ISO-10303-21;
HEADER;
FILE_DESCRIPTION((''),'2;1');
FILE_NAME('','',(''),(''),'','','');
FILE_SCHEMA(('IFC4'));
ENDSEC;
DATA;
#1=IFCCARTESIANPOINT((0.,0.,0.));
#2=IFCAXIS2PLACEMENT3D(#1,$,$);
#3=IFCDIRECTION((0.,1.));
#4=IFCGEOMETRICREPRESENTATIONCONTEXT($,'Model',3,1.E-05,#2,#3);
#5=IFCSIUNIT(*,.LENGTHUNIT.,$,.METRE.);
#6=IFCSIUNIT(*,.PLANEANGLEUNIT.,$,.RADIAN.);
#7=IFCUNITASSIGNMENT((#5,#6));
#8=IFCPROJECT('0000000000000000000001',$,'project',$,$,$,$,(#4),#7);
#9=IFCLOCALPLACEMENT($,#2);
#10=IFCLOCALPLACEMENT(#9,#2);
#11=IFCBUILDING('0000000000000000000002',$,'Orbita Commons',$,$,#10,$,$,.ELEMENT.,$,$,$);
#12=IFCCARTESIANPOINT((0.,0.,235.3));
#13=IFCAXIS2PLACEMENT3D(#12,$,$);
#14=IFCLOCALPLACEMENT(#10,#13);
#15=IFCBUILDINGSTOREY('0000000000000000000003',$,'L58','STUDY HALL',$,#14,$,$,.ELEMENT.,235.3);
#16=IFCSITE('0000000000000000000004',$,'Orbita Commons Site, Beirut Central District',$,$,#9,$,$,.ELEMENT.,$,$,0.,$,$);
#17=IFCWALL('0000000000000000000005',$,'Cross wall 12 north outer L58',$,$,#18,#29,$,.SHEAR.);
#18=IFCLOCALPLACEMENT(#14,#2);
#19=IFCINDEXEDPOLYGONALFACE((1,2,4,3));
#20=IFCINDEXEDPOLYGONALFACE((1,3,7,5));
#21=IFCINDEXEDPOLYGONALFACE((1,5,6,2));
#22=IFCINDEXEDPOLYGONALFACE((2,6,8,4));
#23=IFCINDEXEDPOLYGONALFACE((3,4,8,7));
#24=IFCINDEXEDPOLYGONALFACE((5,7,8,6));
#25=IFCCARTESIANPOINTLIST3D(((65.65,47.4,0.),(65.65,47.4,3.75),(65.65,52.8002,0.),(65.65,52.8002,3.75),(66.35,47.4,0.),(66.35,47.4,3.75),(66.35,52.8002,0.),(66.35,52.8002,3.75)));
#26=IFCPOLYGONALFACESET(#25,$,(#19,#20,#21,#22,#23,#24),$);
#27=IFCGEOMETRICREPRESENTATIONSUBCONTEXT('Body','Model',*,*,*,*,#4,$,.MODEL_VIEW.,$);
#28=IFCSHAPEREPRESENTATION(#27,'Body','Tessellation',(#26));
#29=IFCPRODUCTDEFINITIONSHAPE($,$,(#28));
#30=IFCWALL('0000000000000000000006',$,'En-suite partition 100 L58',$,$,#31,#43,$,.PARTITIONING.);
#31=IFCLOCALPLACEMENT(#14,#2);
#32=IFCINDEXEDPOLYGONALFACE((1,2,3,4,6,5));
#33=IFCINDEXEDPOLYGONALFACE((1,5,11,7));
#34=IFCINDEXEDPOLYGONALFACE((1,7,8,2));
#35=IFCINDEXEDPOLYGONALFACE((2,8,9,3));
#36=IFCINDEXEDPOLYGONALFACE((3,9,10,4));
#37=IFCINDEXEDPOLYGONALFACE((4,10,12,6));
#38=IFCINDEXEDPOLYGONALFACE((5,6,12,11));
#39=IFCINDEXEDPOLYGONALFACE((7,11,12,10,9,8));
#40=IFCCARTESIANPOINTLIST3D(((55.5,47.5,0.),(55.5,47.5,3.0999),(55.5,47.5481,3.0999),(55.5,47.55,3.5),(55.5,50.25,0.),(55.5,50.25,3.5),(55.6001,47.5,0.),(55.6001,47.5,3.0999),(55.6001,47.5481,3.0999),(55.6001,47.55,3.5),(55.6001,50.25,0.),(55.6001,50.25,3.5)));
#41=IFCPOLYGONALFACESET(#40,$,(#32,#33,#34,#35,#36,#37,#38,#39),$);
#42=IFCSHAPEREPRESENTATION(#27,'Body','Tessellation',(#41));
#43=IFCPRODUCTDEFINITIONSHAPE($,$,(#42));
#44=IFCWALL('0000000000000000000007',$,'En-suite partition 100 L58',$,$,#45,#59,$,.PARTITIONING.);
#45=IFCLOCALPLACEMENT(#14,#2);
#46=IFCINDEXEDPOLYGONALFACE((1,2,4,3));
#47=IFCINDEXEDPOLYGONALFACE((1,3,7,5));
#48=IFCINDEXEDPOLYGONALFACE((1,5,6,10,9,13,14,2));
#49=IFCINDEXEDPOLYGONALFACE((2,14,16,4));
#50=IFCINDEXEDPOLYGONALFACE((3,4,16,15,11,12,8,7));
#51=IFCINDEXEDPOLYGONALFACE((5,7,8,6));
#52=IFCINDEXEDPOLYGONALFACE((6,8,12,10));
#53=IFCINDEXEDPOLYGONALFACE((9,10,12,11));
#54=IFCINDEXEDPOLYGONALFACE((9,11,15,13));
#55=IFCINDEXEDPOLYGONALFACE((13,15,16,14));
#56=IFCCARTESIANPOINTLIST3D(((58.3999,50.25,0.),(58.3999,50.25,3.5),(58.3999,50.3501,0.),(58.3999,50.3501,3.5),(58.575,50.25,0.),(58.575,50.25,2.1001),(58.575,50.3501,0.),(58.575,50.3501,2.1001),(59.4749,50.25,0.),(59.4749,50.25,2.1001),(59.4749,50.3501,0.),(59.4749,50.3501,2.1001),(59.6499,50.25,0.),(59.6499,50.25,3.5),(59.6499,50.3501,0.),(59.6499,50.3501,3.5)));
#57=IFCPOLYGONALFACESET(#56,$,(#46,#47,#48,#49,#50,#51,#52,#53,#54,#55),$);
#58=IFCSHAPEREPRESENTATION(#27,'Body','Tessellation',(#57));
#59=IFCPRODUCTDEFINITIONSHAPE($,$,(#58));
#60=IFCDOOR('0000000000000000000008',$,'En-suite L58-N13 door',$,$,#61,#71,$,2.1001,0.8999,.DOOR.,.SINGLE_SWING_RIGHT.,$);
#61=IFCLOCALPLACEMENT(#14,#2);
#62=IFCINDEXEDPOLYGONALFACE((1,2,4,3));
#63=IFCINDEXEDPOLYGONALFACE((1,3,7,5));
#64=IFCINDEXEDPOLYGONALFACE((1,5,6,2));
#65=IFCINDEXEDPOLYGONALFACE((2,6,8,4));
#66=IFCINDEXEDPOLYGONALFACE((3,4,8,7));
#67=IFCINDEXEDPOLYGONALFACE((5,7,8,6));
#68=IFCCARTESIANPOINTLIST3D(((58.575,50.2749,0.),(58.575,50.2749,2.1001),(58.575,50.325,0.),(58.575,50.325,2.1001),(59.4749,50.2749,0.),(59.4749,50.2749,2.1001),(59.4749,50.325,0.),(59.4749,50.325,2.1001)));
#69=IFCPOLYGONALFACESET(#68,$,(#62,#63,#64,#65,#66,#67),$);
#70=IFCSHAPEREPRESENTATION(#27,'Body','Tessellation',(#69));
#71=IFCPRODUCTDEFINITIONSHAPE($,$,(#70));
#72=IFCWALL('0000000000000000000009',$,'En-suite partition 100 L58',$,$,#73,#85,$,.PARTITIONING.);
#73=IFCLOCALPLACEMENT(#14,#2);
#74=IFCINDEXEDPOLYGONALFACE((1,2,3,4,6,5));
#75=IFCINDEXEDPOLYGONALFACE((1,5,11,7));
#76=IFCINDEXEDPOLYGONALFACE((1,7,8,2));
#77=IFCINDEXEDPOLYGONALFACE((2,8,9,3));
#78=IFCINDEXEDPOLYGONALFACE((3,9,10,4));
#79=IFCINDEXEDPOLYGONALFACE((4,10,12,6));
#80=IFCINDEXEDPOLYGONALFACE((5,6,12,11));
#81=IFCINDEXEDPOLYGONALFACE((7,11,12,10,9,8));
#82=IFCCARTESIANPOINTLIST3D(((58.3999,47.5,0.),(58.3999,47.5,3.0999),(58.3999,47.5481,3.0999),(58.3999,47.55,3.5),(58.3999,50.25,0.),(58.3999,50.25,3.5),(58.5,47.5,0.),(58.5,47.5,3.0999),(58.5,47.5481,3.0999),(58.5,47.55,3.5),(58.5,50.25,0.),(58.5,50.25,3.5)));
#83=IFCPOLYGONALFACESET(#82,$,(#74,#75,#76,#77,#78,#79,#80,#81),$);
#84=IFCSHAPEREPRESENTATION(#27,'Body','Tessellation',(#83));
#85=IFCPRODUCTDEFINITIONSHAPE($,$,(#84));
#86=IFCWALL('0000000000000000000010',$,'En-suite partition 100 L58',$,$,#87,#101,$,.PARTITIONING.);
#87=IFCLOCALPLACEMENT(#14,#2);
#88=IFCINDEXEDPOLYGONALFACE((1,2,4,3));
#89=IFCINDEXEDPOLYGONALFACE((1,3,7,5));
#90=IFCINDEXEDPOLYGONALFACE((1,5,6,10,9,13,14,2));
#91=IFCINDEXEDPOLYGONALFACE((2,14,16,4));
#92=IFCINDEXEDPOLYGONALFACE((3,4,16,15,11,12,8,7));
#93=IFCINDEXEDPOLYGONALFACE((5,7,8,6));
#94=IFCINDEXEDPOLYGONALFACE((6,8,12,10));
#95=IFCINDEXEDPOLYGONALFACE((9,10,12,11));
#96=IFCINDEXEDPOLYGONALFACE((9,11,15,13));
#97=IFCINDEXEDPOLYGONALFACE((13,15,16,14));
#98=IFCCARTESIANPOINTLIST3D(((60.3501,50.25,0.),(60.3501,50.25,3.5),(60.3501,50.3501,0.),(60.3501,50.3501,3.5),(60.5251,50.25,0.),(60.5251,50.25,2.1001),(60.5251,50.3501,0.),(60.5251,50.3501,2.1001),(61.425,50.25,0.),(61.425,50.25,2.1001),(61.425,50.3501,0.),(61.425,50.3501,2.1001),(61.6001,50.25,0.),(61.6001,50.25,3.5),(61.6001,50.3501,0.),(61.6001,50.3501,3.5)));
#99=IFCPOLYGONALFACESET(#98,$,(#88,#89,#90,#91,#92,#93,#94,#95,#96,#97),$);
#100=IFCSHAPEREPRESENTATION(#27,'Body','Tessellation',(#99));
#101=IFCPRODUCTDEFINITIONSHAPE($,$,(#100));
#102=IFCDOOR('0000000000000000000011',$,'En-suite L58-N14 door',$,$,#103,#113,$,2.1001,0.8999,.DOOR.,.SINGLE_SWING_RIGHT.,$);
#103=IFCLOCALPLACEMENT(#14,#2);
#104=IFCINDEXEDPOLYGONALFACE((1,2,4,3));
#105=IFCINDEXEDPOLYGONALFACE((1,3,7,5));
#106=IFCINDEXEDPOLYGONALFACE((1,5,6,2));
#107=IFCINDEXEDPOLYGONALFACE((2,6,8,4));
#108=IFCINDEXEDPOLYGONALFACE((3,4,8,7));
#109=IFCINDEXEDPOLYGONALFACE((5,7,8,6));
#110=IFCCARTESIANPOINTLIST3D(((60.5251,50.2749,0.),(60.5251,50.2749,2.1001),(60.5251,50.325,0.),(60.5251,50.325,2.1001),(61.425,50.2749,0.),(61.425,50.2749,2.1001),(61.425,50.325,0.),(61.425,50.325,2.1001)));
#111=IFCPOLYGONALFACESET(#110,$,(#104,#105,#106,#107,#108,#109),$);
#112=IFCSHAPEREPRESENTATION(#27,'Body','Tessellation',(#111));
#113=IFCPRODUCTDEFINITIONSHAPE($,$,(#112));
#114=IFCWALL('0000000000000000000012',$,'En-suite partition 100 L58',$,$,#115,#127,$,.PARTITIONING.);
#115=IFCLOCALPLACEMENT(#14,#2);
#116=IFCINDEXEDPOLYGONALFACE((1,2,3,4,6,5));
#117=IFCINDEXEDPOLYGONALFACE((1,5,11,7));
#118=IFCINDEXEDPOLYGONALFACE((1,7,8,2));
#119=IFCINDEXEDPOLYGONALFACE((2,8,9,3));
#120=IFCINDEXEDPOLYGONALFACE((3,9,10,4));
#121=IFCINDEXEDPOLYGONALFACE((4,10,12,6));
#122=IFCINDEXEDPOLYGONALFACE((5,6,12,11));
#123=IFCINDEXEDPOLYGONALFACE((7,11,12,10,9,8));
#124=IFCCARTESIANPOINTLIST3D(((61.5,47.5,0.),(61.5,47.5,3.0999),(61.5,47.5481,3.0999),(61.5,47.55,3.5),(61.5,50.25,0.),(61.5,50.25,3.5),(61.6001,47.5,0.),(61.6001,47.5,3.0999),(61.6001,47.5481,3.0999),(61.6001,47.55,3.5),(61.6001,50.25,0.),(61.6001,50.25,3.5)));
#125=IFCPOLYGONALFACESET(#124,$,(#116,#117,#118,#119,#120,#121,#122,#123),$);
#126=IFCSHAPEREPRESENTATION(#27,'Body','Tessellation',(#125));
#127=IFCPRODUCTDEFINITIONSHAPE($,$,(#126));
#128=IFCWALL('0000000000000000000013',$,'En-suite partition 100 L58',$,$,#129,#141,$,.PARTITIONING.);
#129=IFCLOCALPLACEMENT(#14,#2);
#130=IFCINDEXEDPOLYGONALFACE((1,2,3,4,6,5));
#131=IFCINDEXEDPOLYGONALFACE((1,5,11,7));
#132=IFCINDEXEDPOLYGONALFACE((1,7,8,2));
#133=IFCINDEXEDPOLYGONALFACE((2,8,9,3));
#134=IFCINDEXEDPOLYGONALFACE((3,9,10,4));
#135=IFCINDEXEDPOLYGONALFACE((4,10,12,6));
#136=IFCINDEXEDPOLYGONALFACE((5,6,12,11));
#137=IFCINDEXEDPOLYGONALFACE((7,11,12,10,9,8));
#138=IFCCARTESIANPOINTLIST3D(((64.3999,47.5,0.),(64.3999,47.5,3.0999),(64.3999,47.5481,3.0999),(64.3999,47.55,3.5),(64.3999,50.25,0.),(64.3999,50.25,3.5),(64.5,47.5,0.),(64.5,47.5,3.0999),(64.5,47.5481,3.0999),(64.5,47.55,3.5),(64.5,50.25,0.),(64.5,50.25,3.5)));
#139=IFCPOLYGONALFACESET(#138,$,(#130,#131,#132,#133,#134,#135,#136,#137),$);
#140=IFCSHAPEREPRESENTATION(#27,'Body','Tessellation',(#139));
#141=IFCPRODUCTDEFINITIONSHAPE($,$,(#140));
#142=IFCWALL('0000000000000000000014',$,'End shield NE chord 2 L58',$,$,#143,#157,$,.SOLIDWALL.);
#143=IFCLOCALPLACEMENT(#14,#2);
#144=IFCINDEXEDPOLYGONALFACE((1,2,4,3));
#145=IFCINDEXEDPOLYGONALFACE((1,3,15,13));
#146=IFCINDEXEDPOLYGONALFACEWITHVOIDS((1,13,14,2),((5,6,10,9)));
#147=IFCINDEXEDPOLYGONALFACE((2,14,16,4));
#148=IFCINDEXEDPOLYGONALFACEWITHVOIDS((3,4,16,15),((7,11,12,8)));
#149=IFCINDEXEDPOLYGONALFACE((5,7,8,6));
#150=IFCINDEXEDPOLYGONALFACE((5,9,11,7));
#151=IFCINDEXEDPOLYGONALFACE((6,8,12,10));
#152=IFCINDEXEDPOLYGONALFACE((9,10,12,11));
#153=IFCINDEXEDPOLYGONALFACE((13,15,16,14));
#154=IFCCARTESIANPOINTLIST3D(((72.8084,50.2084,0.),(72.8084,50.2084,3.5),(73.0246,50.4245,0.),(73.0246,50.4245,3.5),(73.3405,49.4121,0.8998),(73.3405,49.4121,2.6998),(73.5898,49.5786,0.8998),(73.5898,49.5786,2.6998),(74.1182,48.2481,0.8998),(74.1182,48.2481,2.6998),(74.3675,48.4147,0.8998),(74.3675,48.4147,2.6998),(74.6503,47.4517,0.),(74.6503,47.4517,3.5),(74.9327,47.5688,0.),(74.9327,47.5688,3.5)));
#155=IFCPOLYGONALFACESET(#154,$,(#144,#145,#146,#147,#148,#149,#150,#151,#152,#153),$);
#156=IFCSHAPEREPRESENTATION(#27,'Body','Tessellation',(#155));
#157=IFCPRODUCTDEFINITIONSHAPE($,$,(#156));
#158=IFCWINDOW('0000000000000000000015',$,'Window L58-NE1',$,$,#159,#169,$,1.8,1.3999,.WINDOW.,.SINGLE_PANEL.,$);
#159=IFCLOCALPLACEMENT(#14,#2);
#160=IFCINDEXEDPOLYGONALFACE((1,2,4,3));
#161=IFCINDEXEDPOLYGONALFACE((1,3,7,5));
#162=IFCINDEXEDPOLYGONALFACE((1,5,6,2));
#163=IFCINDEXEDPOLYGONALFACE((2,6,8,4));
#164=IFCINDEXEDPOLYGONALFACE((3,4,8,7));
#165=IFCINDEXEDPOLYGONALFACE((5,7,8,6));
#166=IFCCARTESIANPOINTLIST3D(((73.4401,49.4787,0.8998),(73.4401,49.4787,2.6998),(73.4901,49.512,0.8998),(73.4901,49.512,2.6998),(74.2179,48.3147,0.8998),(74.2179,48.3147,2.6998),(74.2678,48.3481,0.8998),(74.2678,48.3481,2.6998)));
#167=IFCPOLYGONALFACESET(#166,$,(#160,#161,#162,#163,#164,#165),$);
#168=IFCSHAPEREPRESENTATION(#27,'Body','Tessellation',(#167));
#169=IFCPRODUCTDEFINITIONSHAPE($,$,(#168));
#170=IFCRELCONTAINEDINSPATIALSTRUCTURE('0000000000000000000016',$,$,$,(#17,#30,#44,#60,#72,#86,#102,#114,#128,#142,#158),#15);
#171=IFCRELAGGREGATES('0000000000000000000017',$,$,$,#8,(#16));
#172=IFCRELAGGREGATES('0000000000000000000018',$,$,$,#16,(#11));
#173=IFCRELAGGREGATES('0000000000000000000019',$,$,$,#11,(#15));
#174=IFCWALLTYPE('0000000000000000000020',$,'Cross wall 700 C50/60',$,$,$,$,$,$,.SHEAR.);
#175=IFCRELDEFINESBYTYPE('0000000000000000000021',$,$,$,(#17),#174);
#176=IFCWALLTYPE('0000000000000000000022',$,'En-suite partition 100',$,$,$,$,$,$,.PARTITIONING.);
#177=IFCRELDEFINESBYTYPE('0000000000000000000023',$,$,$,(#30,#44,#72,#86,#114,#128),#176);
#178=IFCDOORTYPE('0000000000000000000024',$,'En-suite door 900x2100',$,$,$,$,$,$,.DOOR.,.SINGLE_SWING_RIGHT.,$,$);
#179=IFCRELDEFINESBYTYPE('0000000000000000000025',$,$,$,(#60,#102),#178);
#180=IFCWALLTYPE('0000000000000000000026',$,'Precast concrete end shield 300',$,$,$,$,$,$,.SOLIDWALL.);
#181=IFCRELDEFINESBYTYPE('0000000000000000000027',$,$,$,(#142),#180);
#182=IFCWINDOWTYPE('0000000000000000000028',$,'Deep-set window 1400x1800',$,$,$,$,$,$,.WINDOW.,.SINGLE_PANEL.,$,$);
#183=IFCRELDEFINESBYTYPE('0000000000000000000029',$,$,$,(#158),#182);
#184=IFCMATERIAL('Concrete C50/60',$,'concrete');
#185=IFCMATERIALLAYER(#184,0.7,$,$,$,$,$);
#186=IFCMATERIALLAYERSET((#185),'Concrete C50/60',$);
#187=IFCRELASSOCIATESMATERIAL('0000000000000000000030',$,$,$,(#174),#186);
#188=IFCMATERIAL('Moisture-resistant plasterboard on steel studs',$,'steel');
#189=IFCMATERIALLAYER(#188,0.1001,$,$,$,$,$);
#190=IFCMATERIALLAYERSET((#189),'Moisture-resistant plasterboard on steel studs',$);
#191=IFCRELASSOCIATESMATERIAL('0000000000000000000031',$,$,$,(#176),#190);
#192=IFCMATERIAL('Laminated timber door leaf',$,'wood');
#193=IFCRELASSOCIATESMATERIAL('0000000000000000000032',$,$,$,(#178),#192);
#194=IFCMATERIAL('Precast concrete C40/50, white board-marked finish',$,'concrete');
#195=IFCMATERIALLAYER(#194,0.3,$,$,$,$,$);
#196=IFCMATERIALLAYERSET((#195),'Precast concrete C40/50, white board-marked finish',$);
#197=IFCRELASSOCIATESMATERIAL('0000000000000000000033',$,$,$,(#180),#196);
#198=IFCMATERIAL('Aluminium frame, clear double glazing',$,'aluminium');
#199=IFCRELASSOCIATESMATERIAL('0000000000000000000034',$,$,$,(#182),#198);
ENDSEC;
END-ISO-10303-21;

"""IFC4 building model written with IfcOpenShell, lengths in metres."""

from ifc_helpers import new_model, si_unit, direction, frame, frame_2d, origin, place, context, subcontext, project, spatial, polyline, rectangle, outline, extrude, material, layer, layer_set, type_object, element, fill, save


model = new_model("IFC4")

# Units and contexts
model_context = context("Model", 3, precision=1e-05, world=origin(), true_north=direction((0.0, 1.0)))
body_context = subcontext(model_context, "Body", "Model", "MODEL_VIEW")
ifc_project = project(units=[si_unit("LENGTHUNIT", "METRE"), si_unit("PLANEANGLEUNIT", "RADIAN")], contexts=[model_context])

# Site, building, storey
site_placement = place(None, origin())
site = spatial("IfcSite", under=ifc_project, at=site_placement, Name="Orbita Commons Site, Beirut Central District", CompositionType="ELEMENT", RefElevation=0.0)
building_placement = place(site_placement, origin())
building = spatial("IfcBuilding", under=site, at=building_placement, Name="Orbita Commons", CompositionType="ELEMENT")
storey_placement = place(building_placement, frame((0.0, 0.0, 235.3)))
storey = spatial("IfcBuildingStorey", under=building, at=storey_placement, Name="L58", Description="STUDY HALL", CompositionType="ELEMENT", Elevation=235.3)

# Walls
ifc_material_1 = material(Name="Concrete C50/60", Category="concrete")
ifc_layer_1 = layer(ifc_material_1, 0.7)
ifc_layer_set_1 = layer_set([ifc_layer_1], Name="Concrete C50/60")
wall_type_1 = type_object("IfcWallType", Name="Cross wall 700 C50/60", PredefinedType="SHEAR", material=ifc_layer_set_1)
for number, where, z_axis, x_axis, name in (
    (1, (66.0, 47.3999, 0.0), (0.0, 0.0, 1.0), (0.0, 1.0, 0.0), "Cross wall 12 north outer L58"),
):
    element("IfcWall", number, at=place(storey_placement, frame(where, z_axis=z_axis, x_axis=x_axis)), inside=storey, type_object=wall_type_1, Name=name, PredefinedType="SHEAR", context=body_context, shape_type="SweptSolid", body=[
        extrude(rectangle(XDim=5.4001, YDim=0.7, at=frame_2d((2.7002, 0.0))), origin(), (0.0, 0.0, 1.0), 3.75),
    ])
ifc_material_2 = material(Name="Moisture-resistant plasterboard on steel studs", Category="steel")
ifc_layer_2 = layer(ifc_material_2, 0.1001)
ifc_layer_set_2 = layer_set([ifc_layer_2], Name="Moisture-resistant plasterboard on steel studs")
wall_type_2 = type_object("IfcWallType", Name="En-suite partition 100", PredefinedType="PARTITIONING", material=ifc_layer_set_2)
wall_1_placement = place(storey_placement, frame((55.55, 50.25, 0.0), z_axis=(0.0, 0.0, 1.0), x_axis=(0.0, -1.0, 0.0)))
element("IfcWall", 2, at=wall_1_placement, inside=storey, type_object=wall_type_2, Name="En-suite partition 100 L58", PredefinedType="PARTITIONING", context=body_context, shape_type="SweptSolid", body=[
    extrude(outline(polyline([(0.0, 0.0), (2.75, 0.0), (2.75, 3.0999), (2.7019, 3.0999), (2.7, 3.5), (0.0, 3.5), (0.0, 0.0)])), frame((0.0, 0.05, 0.0), z_axis=(0.0, -1.0, 0.0), x_axis=(1.0, 0.0, 0.0)), (0.0, 0.0, 1.0), 0.1001),
])

# Wall, opening, door
wall_2_placement = place(storey_placement, frame((58.3999, 50.3, 0.0), z_axis=(0.0, 0.0, 1.0), x_axis=(1.0, 0.0, 0.0)))
wall_2 = element("IfcWall", 3, at=wall_2_placement, inside=storey, type_object=wall_type_2, Name="En-suite partition 100 L58", PredefinedType="PARTITIONING", context=body_context, shape_type="SweptSolid", body=[
    extrude(rectangle(XDim=1.25, YDim=0.1001, at=frame_2d((0.625, 0.0))), origin(), (0.0, 0.0, 1.0), 3.5),
])
opening_1_placement = place(wall_2_placement, frame((0.175, 0.0, 0.0)))
opening_1 = element("IfcOpeningElement", 4, at=opening_1_placement, cuts=wall_2, PredefinedType="OPENING", context=body_context, shape_type="SweptSolid", body=[
    extrude(rectangle(XDim=0.8999, YDim=2.1001, at=frame_2d((0.45, 1.05))), frame((0.0, 0.0601, 0.0), z_axis=(0.0, -1.0, 0.0), x_axis=(1.0, 0.0, 0.0)), (0.0, 0.0, 1.0), 0.1201),
])
ifc_material_3 = material(Name="Laminated timber door leaf", Category="wood")
door_type_1 = type_object("IfcDoorType", Name="En-suite door 900x2100", OperationType="SINGLE_SWING_RIGHT", PredefinedType="DOOR", material=ifc_material_3)
door_1_placement = place(opening_1_placement, origin())
door_1 = element("IfcDoor", 5, at=door_1_placement, inside=storey, type_object=door_type_1, Name="En-suite L58-N13 door", OperationType="SINGLE_SWING_RIGHT", OverallHeight=2.1001, OverallWidth=0.8999, PredefinedType="DOOR", context=body_context, shape_type="SweptSolid", body=[
    extrude(rectangle(XDim=0.8999, YDim=2.1001, at=frame_2d((0.45, 1.05))), frame((0.0, 0.0249, 0.0), z_axis=(0.0, -1.0, 0.0), x_axis=(1.0, 0.0, 0.0)), (0.0, 0.0, 1.0), 0.05),
])
fill(opening_1, door_1)

# Wall
wall_3_placement = place(storey_placement, frame((58.45, 50.25, 0.0), z_axis=(0.0, 0.0, 1.0), x_axis=(0.0, -1.0, 0.0)))
element("IfcWall", 6, at=wall_3_placement, inside=storey, type_object=wall_type_2, Name="En-suite partition 100 L58", PredefinedType="PARTITIONING", context=body_context, shape_type="SweptSolid", body=[
    extrude(outline(polyline([(0.0, 0.0), (2.75, 0.0), (2.75, 3.0999), (2.7019, 3.0999), (2.7, 3.5), (0.0, 3.5), (0.0, 0.0)])), frame((0.0, 0.05, 0.0), z_axis=(0.0, -1.0, 0.0), x_axis=(1.0, 0.0, 0.0)), (0.0, 0.0, 1.0), 0.1001),
])

# Wall, opening, door
wall_4_placement = place(storey_placement, frame((60.3501, 50.3, 0.0), z_axis=(0.0, 0.0, 1.0), x_axis=(1.0, 0.0, 0.0)))
wall_4 = element("IfcWall", 7, at=wall_4_placement, inside=storey, type_object=wall_type_2, Name="En-suite partition 100 L58", PredefinedType="PARTITIONING", context=body_context, shape_type="SweptSolid", body=[
    extrude(rectangle(XDim=1.25, YDim=0.1001, at=frame_2d((0.625, 0.0))), origin(), (0.0, 0.0, 1.0), 3.5),
])
opening_2_placement = place(wall_4_placement, frame((0.175, 0.0, 0.0)))
opening_2 = element("IfcOpeningElement", 8, at=opening_2_placement, cuts=wall_4, PredefinedType="OPENING", context=body_context, shape_type="SweptSolid", body=[
    extrude(rectangle(XDim=0.8999, YDim=2.1001, at=frame_2d((0.45, 1.05))), frame((0.0, 0.0601, 0.0), z_axis=(0.0, -1.0, 0.0), x_axis=(1.0, 0.0, 0.0)), (0.0, 0.0, 1.0), 0.1201),
])
door_2_placement = place(opening_2_placement, origin())
door_2 = element("IfcDoor", 9, at=door_2_placement, inside=storey, type_object=door_type_1, Name="En-suite L58-N14 door", OperationType="SINGLE_SWING_RIGHT", OverallHeight=2.1001, OverallWidth=0.8999, PredefinedType="DOOR", context=body_context, shape_type="SweptSolid", body=[
    extrude(rectangle(XDim=0.8999, YDim=2.1001, at=frame_2d((0.45, 1.05))), frame((0.0, 0.0249, 0.0), z_axis=(0.0, -1.0, 0.0), x_axis=(1.0, 0.0, 0.0)), (0.0, 0.0, 1.0), 0.05),
])
fill(opening_2, door_2)

# Walls
for number, where, z_axis, x_axis, name in (
    (10, (61.55, 50.25, 0.0), (0.0, 0.0, 1.0), (0.0, -1.0, 0.0), "En-suite partition 100 L58"),
    (11, (64.45, 50.25, 0.0), (0.0, 0.0, 1.0), (0.0, -1.0, 0.0), "En-suite partition 100 L58"),
):
    element("IfcWall", number, at=place(storey_placement, frame(where, z_axis=z_axis, x_axis=x_axis)), inside=storey, type_object=wall_type_2, Name=name, PredefinedType="PARTITIONING", context=body_context, shape_type="SweptSolid", body=[
        extrude(outline(polyline([(0.0, 0.0), (2.75, 0.0), (2.75, 3.0999), (2.7019, 3.0999), (2.7, 3.5), (0.0, 3.5), (0.0, 0.0)])), frame((0.0, 0.05, 0.0), z_axis=(0.0, -1.0, 0.0), x_axis=(1.0, 0.0, 0.0)), (0.0, 0.0, 1.0), 0.1001),
    ])

# Wall, opening, window
ifc_material_4 = material(Name="Precast concrete C40/50, white board-marked finish", Category="concrete")
ifc_layer_3 = layer(ifc_material_4, 0.3)
ifc_layer_set_3 = layer_set([ifc_layer_3], Name="Precast concrete C40/50, white board-marked finish")
wall_type_3 = type_object("IfcWallType", Name="Precast concrete end shield 300", PredefinedType="SOLIDWALL", material=ifc_layer_set_3)
wall_5_placement = place(storey_placement, frame((74.7915, 47.5103, 0.0), z_axis=(0.0, 0.0, 1.0), x_axis=(-0.555568, 0.831471, 0.0)))
wall_5 = element("IfcWall", 12, at=wall_5_placement, inside=storey, type_object=wall_type_3, Name="End shield NE chord 2 L58", PredefinedType="SOLIDWALL", context=body_context, shape_type="SweptSolid", body=[
    extrude(outline(polyline([(-0.0298, -0.1499), (3.4048, -0.1499), (3.3452, 0.1499), (0.0298, 0.1499), (-0.0298, -0.1499)])), origin(), (0.0, 0.0, 1.0), 3.5),
])
opening_3_placement = place(wall_5_placement, frame((0.9875, 0.0, 0.8999)))
opening_3 = element("IfcOpeningElement", 13, at=opening_3_placement, cuts=wall_5, PredefinedType="OPENING", context=body_context, shape_type="SweptSolid", body=[
    extrude(rectangle(XDim=1.3999, YDim=1.8, at=frame_2d((0.7, 0.8999))), frame((0.0, 0.1599, 0.0), z_axis=(0.0, -1.0, 0.0), x_axis=(1.0, 0.0, 0.0)), (0.0, 0.0, 1.0), 0.3201),
])
ifc_material_5 = material(Name="Aluminium frame, clear double glazing", Category="aluminium")
window_type = type_object("IfcWindowType", Name="Deep-set window 1400x1800", PartitioningType="SINGLE_PANEL", PredefinedType="WINDOW", material=ifc_material_5)
window_placement = place(opening_3_placement, origin())
window = element("IfcWindow", 14, at=window_placement, inside=storey, type_object=window_type, Name="Window L58-NE1", OverallHeight=1.8, OverallWidth=1.3999, PartitioningType="SINGLE_PANEL", PredefinedType="WINDOW", context=body_context, shape_type="SweptSolid", body=[
    extrude(rectangle(XDim=1.3999, YDim=1.8, at=frame_2d((0.7, 0.8999))), frame((0.0, 0.03, 0.0), z_axis=(0.0, -1.0, 0.0), x_axis=(1.0, 0.0, 0.0)), (0.0, 0.0, 1.0), 0.0601),
])
fill(opening_3, window)

save(model, "model.ifc")
